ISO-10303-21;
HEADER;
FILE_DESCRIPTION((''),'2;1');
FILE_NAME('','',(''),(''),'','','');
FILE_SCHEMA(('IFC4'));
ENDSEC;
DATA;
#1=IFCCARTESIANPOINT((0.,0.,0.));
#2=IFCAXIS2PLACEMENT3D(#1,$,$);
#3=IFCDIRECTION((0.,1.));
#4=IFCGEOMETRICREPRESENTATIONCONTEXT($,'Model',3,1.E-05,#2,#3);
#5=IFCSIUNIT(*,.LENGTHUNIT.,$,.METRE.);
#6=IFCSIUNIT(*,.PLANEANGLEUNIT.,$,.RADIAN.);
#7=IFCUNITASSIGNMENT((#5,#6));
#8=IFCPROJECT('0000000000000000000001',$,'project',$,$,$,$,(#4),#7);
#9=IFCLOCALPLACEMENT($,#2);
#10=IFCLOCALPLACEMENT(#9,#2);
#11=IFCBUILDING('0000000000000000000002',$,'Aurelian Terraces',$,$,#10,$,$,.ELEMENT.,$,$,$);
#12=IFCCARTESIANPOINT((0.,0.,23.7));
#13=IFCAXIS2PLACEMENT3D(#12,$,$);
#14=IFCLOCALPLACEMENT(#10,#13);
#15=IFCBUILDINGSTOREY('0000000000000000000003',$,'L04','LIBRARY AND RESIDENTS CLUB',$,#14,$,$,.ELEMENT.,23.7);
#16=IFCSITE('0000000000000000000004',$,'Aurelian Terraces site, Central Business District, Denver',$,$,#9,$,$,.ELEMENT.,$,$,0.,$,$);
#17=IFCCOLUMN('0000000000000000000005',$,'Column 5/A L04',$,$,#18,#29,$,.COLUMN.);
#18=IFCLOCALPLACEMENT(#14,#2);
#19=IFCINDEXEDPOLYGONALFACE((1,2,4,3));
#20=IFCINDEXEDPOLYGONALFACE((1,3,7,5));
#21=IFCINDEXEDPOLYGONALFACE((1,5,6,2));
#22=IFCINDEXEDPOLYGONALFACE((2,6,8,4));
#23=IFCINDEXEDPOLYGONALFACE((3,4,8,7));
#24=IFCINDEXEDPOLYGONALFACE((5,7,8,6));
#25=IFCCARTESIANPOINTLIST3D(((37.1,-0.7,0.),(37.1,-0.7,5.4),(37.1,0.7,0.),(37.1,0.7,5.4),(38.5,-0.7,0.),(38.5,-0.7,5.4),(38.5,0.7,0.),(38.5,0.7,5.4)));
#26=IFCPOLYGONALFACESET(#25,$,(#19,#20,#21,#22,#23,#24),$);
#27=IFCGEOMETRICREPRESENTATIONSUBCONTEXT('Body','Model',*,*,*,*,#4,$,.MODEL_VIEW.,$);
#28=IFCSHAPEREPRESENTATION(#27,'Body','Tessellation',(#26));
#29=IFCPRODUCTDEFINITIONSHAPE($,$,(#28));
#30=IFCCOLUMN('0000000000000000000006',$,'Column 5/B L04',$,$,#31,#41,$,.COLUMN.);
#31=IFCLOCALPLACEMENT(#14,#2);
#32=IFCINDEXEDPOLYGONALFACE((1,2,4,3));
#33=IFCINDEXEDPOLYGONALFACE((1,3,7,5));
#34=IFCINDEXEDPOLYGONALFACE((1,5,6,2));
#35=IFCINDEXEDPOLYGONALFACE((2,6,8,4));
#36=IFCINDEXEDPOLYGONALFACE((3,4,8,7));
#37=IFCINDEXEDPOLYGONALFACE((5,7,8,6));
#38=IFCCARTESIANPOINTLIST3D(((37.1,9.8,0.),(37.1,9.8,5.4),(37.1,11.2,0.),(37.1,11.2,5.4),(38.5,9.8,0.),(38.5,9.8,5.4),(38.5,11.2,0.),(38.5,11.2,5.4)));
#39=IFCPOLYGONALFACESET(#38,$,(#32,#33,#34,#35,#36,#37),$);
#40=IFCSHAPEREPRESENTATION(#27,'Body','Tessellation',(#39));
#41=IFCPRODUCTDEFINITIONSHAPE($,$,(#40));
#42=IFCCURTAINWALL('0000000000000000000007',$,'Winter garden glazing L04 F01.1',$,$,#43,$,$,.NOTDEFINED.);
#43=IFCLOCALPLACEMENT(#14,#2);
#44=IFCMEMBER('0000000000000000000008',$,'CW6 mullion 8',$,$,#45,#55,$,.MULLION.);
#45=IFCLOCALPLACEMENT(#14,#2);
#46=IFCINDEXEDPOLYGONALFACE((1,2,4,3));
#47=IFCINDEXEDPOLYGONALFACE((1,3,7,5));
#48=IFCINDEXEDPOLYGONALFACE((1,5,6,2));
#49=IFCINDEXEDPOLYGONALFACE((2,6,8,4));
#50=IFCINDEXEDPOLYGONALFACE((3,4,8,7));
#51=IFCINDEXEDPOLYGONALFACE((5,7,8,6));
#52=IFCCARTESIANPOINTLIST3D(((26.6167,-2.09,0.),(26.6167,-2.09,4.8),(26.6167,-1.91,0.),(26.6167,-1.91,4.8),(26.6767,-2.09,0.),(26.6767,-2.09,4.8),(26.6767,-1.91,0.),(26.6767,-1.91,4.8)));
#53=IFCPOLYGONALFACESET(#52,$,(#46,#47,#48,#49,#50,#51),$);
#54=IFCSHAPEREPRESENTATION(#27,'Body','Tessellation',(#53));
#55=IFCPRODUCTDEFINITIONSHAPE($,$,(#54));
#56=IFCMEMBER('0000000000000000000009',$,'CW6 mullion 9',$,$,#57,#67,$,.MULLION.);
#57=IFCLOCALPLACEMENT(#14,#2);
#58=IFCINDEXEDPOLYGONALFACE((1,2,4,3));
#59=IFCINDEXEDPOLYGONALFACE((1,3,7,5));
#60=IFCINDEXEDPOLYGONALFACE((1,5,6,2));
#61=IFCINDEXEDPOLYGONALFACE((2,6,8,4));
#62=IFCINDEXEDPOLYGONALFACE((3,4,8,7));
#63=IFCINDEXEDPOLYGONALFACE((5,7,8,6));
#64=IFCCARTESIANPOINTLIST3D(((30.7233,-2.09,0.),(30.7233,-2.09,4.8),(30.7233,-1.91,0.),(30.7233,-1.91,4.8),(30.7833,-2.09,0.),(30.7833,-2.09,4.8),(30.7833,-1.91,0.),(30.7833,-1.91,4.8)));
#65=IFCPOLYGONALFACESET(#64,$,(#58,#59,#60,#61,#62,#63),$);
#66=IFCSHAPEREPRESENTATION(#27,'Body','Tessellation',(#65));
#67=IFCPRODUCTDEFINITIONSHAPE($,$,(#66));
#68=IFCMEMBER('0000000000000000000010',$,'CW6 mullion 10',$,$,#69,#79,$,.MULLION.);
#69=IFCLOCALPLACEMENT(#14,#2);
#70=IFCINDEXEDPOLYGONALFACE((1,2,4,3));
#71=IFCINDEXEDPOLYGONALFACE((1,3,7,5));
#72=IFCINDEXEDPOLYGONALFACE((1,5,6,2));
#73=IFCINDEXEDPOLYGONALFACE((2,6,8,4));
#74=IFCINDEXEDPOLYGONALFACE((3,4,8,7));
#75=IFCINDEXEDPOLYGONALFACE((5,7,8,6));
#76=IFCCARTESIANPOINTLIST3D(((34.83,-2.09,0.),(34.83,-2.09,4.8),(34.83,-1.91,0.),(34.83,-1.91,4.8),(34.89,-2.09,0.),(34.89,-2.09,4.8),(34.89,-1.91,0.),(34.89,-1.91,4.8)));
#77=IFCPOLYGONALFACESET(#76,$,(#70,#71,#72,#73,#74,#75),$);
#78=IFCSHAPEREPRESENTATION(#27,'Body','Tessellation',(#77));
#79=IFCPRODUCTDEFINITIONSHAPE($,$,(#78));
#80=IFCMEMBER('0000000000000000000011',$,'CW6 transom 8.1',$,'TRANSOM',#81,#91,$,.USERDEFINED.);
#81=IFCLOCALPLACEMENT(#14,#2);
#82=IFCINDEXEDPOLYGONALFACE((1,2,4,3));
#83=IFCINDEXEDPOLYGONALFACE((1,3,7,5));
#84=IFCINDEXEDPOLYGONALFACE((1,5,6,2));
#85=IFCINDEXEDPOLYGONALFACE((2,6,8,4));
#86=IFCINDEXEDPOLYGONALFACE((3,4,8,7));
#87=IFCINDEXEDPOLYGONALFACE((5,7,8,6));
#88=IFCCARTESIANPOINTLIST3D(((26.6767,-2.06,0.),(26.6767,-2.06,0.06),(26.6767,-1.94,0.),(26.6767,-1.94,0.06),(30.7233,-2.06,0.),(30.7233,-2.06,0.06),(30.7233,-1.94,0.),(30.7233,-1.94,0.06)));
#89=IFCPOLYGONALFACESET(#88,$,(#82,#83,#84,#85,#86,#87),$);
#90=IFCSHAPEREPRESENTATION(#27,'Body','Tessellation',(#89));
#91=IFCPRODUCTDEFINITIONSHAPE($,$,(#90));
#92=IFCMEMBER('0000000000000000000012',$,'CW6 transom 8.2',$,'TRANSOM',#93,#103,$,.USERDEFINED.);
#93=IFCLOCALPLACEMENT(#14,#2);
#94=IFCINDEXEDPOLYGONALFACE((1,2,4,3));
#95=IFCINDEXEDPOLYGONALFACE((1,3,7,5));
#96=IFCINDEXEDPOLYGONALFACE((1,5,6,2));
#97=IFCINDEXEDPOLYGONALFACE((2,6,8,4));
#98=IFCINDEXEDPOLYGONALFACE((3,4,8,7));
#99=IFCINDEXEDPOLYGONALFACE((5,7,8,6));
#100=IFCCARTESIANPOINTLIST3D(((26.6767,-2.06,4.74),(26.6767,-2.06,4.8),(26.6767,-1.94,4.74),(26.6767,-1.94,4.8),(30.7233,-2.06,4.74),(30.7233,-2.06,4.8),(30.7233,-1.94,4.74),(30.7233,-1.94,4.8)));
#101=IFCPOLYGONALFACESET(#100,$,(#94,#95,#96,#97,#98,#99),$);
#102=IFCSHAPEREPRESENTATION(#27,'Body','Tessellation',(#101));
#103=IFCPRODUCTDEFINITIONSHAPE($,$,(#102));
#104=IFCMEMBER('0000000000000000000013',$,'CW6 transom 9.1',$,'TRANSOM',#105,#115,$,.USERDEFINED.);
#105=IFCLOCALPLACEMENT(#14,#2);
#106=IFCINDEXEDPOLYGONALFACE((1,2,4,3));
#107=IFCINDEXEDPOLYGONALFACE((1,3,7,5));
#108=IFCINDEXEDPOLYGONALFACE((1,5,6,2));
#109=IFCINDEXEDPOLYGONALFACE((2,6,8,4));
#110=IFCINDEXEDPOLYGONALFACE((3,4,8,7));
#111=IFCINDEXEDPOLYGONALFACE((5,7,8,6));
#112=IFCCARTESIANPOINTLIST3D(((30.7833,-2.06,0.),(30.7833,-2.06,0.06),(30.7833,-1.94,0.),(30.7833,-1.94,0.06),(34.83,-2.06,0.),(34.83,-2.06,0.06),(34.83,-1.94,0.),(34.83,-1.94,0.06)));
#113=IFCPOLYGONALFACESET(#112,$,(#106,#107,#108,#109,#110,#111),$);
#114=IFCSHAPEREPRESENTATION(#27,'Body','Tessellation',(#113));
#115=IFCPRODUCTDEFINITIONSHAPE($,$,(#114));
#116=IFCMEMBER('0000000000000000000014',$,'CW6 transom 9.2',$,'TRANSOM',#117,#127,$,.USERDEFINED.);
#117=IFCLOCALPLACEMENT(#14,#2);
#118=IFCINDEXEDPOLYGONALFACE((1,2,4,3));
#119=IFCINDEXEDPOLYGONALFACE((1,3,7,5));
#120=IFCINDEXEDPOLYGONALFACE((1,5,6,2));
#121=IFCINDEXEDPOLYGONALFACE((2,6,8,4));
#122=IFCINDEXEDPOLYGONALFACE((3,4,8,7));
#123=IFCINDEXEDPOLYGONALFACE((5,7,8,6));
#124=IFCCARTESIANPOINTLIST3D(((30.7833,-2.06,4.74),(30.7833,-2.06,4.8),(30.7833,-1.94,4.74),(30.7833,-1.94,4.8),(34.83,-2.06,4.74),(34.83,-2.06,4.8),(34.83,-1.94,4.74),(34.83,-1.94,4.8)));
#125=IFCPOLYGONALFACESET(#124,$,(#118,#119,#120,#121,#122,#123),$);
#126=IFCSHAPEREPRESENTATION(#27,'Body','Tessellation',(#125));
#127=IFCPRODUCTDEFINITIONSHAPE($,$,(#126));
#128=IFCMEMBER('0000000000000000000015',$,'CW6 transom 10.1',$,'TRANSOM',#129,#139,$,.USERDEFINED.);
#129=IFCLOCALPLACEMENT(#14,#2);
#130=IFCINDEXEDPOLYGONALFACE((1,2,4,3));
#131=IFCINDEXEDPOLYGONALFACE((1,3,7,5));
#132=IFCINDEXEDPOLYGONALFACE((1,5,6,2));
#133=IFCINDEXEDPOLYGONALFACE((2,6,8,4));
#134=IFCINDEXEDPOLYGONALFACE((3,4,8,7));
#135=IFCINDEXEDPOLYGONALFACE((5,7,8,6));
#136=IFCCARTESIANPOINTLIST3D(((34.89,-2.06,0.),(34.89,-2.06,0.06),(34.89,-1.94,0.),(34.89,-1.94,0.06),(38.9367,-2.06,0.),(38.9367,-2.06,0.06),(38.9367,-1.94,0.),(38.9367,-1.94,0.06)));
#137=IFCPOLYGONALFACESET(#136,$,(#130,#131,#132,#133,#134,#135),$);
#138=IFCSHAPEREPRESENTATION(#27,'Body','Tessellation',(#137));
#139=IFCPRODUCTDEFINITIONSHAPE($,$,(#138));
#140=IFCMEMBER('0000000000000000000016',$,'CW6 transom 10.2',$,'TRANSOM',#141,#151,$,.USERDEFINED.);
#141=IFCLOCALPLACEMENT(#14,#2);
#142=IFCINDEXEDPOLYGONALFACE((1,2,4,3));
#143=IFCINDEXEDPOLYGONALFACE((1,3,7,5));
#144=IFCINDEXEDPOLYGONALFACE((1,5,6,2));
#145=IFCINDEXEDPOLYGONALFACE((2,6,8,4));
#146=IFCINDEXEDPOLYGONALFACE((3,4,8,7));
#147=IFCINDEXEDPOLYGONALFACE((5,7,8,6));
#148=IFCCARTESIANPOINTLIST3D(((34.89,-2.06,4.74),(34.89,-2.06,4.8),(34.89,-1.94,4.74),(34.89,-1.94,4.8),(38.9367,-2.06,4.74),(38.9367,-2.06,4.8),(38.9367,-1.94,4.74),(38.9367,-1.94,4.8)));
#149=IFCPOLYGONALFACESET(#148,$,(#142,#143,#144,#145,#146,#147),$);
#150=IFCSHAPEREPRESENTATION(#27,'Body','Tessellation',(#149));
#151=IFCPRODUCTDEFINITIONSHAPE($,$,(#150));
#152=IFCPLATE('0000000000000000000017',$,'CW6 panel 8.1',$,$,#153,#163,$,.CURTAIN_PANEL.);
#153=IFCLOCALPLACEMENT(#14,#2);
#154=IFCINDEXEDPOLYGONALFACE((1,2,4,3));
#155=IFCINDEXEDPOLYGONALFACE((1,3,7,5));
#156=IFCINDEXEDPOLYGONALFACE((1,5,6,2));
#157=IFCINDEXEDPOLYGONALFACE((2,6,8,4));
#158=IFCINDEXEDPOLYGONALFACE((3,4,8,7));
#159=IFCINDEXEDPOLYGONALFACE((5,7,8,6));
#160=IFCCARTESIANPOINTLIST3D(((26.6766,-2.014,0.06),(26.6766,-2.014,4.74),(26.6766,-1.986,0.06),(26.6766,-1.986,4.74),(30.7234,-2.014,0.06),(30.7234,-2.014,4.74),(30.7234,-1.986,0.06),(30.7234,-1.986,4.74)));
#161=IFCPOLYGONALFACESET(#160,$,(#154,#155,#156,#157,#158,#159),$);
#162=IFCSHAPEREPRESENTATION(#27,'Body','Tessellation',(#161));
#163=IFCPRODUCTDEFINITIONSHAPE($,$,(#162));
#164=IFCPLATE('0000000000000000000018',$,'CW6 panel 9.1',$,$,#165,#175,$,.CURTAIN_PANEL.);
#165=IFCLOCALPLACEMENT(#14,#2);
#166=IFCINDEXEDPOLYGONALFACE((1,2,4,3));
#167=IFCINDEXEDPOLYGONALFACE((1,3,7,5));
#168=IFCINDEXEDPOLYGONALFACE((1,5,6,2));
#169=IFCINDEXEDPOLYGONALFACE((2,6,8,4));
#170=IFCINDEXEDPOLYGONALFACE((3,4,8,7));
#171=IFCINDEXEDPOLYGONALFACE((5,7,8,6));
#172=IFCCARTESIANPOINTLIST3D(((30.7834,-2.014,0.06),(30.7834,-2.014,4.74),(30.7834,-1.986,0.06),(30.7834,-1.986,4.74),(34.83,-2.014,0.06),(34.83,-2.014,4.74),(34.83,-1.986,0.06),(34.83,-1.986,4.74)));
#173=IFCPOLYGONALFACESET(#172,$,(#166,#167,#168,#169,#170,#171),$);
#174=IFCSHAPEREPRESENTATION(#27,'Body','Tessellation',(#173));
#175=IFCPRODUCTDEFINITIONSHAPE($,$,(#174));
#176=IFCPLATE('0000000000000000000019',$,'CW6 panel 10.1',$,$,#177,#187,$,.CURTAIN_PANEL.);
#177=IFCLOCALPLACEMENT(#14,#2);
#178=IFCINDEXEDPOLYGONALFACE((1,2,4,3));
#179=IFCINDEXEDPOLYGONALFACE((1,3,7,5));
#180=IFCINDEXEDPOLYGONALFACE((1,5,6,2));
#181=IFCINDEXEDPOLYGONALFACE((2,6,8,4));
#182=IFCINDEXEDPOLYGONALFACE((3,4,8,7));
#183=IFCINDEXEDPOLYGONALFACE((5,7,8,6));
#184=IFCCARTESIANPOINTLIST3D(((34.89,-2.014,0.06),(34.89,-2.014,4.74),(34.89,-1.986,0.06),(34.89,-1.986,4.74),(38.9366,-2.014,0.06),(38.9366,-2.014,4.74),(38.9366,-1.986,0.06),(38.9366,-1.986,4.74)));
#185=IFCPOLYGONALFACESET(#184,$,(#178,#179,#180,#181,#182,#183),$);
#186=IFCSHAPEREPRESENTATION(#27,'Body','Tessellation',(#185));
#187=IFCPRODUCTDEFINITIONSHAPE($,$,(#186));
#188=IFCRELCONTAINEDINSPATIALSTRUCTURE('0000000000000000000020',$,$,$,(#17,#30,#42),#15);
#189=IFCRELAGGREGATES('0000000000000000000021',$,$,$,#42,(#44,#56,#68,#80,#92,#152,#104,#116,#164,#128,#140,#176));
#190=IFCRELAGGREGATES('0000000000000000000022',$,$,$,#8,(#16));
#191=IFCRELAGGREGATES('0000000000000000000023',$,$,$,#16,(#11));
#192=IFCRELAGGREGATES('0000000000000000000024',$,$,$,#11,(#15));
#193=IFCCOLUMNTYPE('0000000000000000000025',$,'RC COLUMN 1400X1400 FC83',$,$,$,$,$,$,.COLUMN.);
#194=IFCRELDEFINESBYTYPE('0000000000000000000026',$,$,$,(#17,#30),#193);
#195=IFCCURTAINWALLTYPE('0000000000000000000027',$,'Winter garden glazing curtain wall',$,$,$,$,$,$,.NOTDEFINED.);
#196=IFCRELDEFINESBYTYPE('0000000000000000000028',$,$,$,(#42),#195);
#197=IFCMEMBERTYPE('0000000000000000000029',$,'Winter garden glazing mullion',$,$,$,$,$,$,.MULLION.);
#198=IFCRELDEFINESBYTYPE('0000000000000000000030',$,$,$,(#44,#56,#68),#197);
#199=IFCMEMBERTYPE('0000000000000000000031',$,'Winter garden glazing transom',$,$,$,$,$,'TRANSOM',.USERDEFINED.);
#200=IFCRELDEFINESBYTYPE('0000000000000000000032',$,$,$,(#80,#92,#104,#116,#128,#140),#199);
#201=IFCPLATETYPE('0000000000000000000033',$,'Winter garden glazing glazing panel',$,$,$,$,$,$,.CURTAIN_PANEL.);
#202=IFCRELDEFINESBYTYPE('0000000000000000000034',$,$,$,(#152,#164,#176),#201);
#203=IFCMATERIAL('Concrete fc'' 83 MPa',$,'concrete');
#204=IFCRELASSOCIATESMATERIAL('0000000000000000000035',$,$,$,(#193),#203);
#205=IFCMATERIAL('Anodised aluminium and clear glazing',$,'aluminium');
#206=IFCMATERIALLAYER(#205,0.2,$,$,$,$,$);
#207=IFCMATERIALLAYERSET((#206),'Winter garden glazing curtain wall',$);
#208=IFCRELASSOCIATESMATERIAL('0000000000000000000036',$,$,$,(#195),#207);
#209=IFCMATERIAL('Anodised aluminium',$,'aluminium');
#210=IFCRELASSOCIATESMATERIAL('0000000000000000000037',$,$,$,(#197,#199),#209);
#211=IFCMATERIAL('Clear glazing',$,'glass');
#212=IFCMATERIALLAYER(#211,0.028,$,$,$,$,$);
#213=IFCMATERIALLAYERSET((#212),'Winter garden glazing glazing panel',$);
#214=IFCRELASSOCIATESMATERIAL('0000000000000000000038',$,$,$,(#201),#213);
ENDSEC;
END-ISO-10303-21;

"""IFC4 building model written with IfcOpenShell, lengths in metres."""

from ifc_helpers import new_model, si_unit, direction, frame, origin, origin_2d, place, context, subcontext, project, spatial, rectangle, extrude, source, transform, mapped, material, layer, layer_set, material_profile, profile_set, type_object, element, aggregate, save


model = new_model("IFC4")

# Units and contexts
model_context = context("Model", 3, precision=1e-05, world=origin(), true_north=direction((0.0, 1.0)))
body_context = subcontext(model_context, "Body", "Model", "MODEL_VIEW")
ifc_project = project(units=[si_unit("LENGTHUNIT", "METRE"), si_unit("PLANEANGLEUNIT", "RADIAN")], contexts=[model_context])

# Site, building, storey
site_placement = place(None, origin())
site = spatial("IfcSite", under=ifc_project, at=site_placement, Name="Aurelian Terraces site, Central Business District, Denver", CompositionType="ELEMENT", RefElevation=0.0)
building_placement = place(site_placement, origin())
building = spatial("IfcBuilding", under=site, at=building_placement, Name="Aurelian Terraces", CompositionType="ELEMENT")
storey_placement = place(building_placement, frame((0.0, 0.0, 23.7)))
storey = spatial("IfcBuildingStorey", under=building, at=storey_placement, Name="L04", Description="LIBRARY AND RESIDENTS CLUB", CompositionType="ELEMENT", Elevation=23.7)

# Columns
ifc_material_1 = material(Name="Concrete fc' 83 MPa", Category="concrete")
ifc_material_profile_1 = material_profile(ifc_material_1, rectangle(XDim=1.4, YDim=1.4, at=origin_2d()))
ifc_profile_set_1 = profile_set([ifc_material_profile_1], Name="Concrete fc' 83 MPa")
column_type = type_object("IfcColumnType", Name="RC COLUMN 1400X1400 FC83", PredefinedType="COLUMN", material=ifc_profile_set_1)
shared_shape_1 = source(origin(), body_context, "Body", "SweptSolid", [
    extrude(rectangle(XDim=1.4, YDim=1.4, at=origin_2d()), origin(), (0.0, 0.0, 1.0), 5.4),
])
for number, where, z_axis, x_axis, name in (
    (1, (37.8, 0.0, 0.0), (0.0, 0.0, 1.0), (1.0, 0.0, 0.0), "Column 5/A L04"),
    (2, (37.8, 10.5, 0.0), (0.0, 0.0, 1.0), (1.0, 0.0, 0.0), "Column 5/B L04"),
):
    element("IfcColumn", number, at=place(storey_placement, frame(where, z_axis=z_axis, x_axis=x_axis)), inside=storey, type_object=column_type, Name=name, PredefinedType="COLUMN", context=body_context, shape_type="MappedRepresentation", body=[
        mapped(shared_shape_1, transform((0.0, 0.0, 0.0), scale=1.0)),
    ])

# Curtain wall, members, plates
ifc_material_2 = material(Name="Anodised aluminium and clear glazing", Category="aluminium")
ifc_layer_1 = layer(ifc_material_2, 0.2)
ifc_layer_set_1 = layer_set([ifc_layer_1], Name="Winter garden glazing curtain wall")
curtain_wall_type = type_object("IfcCurtainWallType", Name="Winter garden glazing curtain wall", PredefinedType="NOTDEFINED", material=ifc_layer_set_1)
curtain_wall_placement = place(storey_placement, origin())
curtain_wall = element("IfcCurtainWall", 3, at=curtain_wall_placement, inside=storey, type_object=curtain_wall_type, Name="Winter garden glazing L04 F01.1", PredefinedType="NOTDEFINED")
ifc_material_3 = material(Name="Anodised aluminium", Category="aluminium")
ifc_material_profile_2 = material_profile(ifc_material_3, rectangle(XDim=0.18, YDim=0.06, at=origin_2d()))
ifc_profile_set_2 = profile_set([ifc_material_profile_2], Name="Anodised aluminium")
member_type_1 = type_object("IfcMemberType", Name="Winter garden glazing mullion", PredefinedType="MULLION", material=ifc_profile_set_2)
shared_shape_2 = source(origin(), body_context, "Body", "SweptSolid", [
    extrude(rectangle(XDim=0.18, YDim=0.06, at=origin_2d()), origin(), (0.0, 0.0, 1.0), 4.8),
])
member_1_placement = place(storey_placement, frame((26.6467, -2.0, 0.0), z_axis=(0.0, 0.0, 1.0), x_axis=(0.0, 1.0, 0.0)))
member_1 = element("IfcMember", 4, at=member_1_placement, type_object=member_type_1, Name="CW6 mullion 8", PredefinedType="MULLION", context=body_context, shape_type="MappedRepresentation", body=[
    mapped(shared_shape_2, transform((0.0, 0.0, 0.0), scale=1.0)),
])
member_2_placement = place(storey_placement, frame((30.7533, -2.0, 0.0), z_axis=(0.0, 0.0, 1.0), x_axis=(0.0, 1.0, 0.0)))
member_2 = element("IfcMember", 5, at=member_2_placement, type_object=member_type_1, Name="CW6 mullion 9", PredefinedType="MULLION", context=body_context, shape_type="MappedRepresentation", body=[
    mapped(shared_shape_2, transform((0.0, 0.0, 0.0), scale=1.0)),
])
member_3_placement = place(storey_placement, frame((34.86, -2.0, 0.0), z_axis=(0.0, 0.0, 1.0), x_axis=(0.0, 1.0, 0.0)))
member_3 = element("IfcMember", 6, at=member_3_placement, type_object=member_type_1, Name="CW6 mullion 10", PredefinedType="MULLION", context=body_context, shape_type="MappedRepresentation", body=[
    mapped(shared_shape_2, transform((0.0, 0.0, 0.0), scale=1.0)),
])
ifc_material_profile_3 = material_profile(ifc_material_3, rectangle(XDim=0.12, YDim=0.06, at=origin_2d()))
ifc_profile_set_3 = profile_set([ifc_material_profile_3], Name="Anodised aluminium")
member_type_2 = type_object("IfcMemberType", Name="Winter garden glazing transom", ElementType="TRANSOM", PredefinedType="USERDEFINED", material=ifc_profile_set_3)
shared_shape_3 = source(origin(), body_context, "Body", "SweptSolid", [
    extrude(rectangle(XDim=0.12, YDim=0.06, at=origin_2d()), origin(), (0.0, 0.0, 1.0), 4.0466),
])
member_4_placement = place(storey_placement, frame((26.6767, -2.0, 0.03), z_axis=(1.0, 0.0, 0.0), x_axis=(0.0, 1.0, 0.0)))
member_4 = element("IfcMember", 7, at=member_4_placement, type_object=member_type_2, Name="CW6 transom 8.1", ObjectType="TRANSOM", PredefinedType="USERDEFINED", context=body_context, shape_type="MappedRepresentation", body=[
    mapped(shared_shape_3, transform((0.0, 0.0, 0.0), scale=1.0)),
])
member_5_placement = place(storey_placement, frame((26.6767, -2.0, 4.77), z_axis=(1.0, 0.0, 0.0), x_axis=(0.0, 1.0, 0.0)))
member_5 = element("IfcMember", 8, at=member_5_placement, type_object=member_type_2, Name="CW6 transom 8.2", ObjectType="TRANSOM", PredefinedType="USERDEFINED", context=body_context, shape_type="MappedRepresentation", body=[
    mapped(shared_shape_3, transform((0.0, 0.0, 0.0), scale=1.0)),
])
shared_shape_4 = source(origin(), body_context, "Body", "SweptSolid", [
    extrude(rectangle(XDim=0.12, YDim=0.06, at=origin_2d()), origin(), (0.0, 0.0, 1.0), 4.0467),
])
member_6_placement = place(storey_placement, frame((30.7833, -2.0, 0.03), z_axis=(1.0, 0.0, 0.0), x_axis=(0.0, 1.0, 0.0)))
member_6 = element("IfcMember", 9, at=member_6_placement, type_object=member_type_2, Name="CW6 transom 9.1", ObjectType="TRANSOM", PredefinedType="USERDEFINED", context=body_context, shape_type="MappedRepresentation", body=[
    mapped(shared_shape_4, transform((0.0, 0.0, 0.0), scale=1.0)),
])
member_7_placement = place(storey_placement, frame((30.7833, -2.0, 4.77), z_axis=(1.0, 0.0, 0.0), x_axis=(0.0, 1.0, 0.0)))
member_7 = element("IfcMember", 10, at=member_7_placement, type_object=member_type_2, Name="CW6 transom 9.2", ObjectType="TRANSOM", PredefinedType="USERDEFINED", context=body_context, shape_type="MappedRepresentation", body=[
    mapped(shared_shape_4, transform((0.0, 0.0, 0.0), scale=1.0)),
])
member_8_placement = place(storey_placement, frame((34.89, -2.0, 0.03), z_axis=(1.0, 0.0, 0.0), x_axis=(0.0, 1.0, 0.0)))
member_8 = element("IfcMember", 11, at=member_8_placement, type_object=member_type_2, Name="CW6 transom 10.1", ObjectType="TRANSOM", PredefinedType="USERDEFINED", context=body_context, shape_type="MappedRepresentation", body=[
    mapped(shared_shape_4, transform((0.0, 0.0, 0.0), scale=1.0)),
])
member_9_placement = place(storey_placement, frame((34.89, -2.0, 4.77), z_axis=(1.0, 0.0, 0.0), x_axis=(0.0, 1.0, 0.0)))
member_9 = element("IfcMember", 12, at=member_9_placement, type_object=member_type_2, Name="CW6 transom 10.2", ObjectType="TRANSOM", PredefinedType="USERDEFINED", context=body_context, shape_type="MappedRepresentation", body=[
    mapped(shared_shape_4, transform((0.0, 0.0, 0.0), scale=1.0)),
])
ifc_material_4 = material(Name="Clear glazing", Category="glass")
ifc_layer_2 = layer(ifc_material_4, 0.028)
ifc_layer_set_2 = layer_set([ifc_layer_2], Name="Winter garden glazing glazing panel")
plate_type = type_object("IfcPlateType", Name="Winter garden glazing glazing panel", PredefinedType="CURTAIN_PANEL", material=ifc_layer_set_2)
shared_shape_5 = source(origin(), body_context, "Body", "SweptSolid", [
    extrude(rectangle(XDim=4.0467, YDim=0.028, at=origin_2d()), origin(), (0.0, 0.0, 1.0), 4.68),
])
plate_1_placement = place(storey_placement, frame((28.7, -2.0, 0.06), z_axis=(0.0, 0.0, 1.0), x_axis=(1.0, 0.0, 0.0)))
plate_1 = element("IfcPlate", 13, at=plate_1_placement, type_object=plate_type, Name="CW6 panel 8.1", PredefinedType="CURTAIN_PANEL", context=body_context, shape_type="MappedRepresentation", body=[
    mapped(shared_shape_5, transform((0.0, 0.0, 0.0), scale=1.0)),
])
plate_2_placement = place(storey_placement, frame((32.8067, -2.0, 0.06), z_axis=(0.0, 0.0, 1.0), x_axis=(1.0, 0.0, 0.0)))
plate_2 = element("IfcPlate", 14, at=plate_2_placement, type_object=plate_type, Name="CW6 panel 9.1", PredefinedType="CURTAIN_PANEL", context=body_context, shape_type="MappedRepresentation", body=[
    mapped(shared_shape_5, transform((0.0, 0.0, 0.0), scale=1.0)),
])
plate_3_placement = place(storey_placement, frame((36.9133, -2.0, 0.06), z_axis=(0.0, 0.0, 1.0), x_axis=(1.0, 0.0, 0.0)))
plate_3 = element("IfcPlate", 15, at=plate_3_placement, type_object=plate_type, Name="CW6 panel 10.1", PredefinedType="CURTAIN_PANEL", context=body_context, shape_type="MappedRepresentation", body=[
    mapped(shared_shape_5, transform((0.0, 0.0, 0.0), scale=1.0)),
])
aggregate(curtain_wall, [member_1, member_2, member_3, member_4, member_5, plate_1, member_6, member_7, plate_2, member_8, member_9, plate_3])

save(model, "model.ifc")
